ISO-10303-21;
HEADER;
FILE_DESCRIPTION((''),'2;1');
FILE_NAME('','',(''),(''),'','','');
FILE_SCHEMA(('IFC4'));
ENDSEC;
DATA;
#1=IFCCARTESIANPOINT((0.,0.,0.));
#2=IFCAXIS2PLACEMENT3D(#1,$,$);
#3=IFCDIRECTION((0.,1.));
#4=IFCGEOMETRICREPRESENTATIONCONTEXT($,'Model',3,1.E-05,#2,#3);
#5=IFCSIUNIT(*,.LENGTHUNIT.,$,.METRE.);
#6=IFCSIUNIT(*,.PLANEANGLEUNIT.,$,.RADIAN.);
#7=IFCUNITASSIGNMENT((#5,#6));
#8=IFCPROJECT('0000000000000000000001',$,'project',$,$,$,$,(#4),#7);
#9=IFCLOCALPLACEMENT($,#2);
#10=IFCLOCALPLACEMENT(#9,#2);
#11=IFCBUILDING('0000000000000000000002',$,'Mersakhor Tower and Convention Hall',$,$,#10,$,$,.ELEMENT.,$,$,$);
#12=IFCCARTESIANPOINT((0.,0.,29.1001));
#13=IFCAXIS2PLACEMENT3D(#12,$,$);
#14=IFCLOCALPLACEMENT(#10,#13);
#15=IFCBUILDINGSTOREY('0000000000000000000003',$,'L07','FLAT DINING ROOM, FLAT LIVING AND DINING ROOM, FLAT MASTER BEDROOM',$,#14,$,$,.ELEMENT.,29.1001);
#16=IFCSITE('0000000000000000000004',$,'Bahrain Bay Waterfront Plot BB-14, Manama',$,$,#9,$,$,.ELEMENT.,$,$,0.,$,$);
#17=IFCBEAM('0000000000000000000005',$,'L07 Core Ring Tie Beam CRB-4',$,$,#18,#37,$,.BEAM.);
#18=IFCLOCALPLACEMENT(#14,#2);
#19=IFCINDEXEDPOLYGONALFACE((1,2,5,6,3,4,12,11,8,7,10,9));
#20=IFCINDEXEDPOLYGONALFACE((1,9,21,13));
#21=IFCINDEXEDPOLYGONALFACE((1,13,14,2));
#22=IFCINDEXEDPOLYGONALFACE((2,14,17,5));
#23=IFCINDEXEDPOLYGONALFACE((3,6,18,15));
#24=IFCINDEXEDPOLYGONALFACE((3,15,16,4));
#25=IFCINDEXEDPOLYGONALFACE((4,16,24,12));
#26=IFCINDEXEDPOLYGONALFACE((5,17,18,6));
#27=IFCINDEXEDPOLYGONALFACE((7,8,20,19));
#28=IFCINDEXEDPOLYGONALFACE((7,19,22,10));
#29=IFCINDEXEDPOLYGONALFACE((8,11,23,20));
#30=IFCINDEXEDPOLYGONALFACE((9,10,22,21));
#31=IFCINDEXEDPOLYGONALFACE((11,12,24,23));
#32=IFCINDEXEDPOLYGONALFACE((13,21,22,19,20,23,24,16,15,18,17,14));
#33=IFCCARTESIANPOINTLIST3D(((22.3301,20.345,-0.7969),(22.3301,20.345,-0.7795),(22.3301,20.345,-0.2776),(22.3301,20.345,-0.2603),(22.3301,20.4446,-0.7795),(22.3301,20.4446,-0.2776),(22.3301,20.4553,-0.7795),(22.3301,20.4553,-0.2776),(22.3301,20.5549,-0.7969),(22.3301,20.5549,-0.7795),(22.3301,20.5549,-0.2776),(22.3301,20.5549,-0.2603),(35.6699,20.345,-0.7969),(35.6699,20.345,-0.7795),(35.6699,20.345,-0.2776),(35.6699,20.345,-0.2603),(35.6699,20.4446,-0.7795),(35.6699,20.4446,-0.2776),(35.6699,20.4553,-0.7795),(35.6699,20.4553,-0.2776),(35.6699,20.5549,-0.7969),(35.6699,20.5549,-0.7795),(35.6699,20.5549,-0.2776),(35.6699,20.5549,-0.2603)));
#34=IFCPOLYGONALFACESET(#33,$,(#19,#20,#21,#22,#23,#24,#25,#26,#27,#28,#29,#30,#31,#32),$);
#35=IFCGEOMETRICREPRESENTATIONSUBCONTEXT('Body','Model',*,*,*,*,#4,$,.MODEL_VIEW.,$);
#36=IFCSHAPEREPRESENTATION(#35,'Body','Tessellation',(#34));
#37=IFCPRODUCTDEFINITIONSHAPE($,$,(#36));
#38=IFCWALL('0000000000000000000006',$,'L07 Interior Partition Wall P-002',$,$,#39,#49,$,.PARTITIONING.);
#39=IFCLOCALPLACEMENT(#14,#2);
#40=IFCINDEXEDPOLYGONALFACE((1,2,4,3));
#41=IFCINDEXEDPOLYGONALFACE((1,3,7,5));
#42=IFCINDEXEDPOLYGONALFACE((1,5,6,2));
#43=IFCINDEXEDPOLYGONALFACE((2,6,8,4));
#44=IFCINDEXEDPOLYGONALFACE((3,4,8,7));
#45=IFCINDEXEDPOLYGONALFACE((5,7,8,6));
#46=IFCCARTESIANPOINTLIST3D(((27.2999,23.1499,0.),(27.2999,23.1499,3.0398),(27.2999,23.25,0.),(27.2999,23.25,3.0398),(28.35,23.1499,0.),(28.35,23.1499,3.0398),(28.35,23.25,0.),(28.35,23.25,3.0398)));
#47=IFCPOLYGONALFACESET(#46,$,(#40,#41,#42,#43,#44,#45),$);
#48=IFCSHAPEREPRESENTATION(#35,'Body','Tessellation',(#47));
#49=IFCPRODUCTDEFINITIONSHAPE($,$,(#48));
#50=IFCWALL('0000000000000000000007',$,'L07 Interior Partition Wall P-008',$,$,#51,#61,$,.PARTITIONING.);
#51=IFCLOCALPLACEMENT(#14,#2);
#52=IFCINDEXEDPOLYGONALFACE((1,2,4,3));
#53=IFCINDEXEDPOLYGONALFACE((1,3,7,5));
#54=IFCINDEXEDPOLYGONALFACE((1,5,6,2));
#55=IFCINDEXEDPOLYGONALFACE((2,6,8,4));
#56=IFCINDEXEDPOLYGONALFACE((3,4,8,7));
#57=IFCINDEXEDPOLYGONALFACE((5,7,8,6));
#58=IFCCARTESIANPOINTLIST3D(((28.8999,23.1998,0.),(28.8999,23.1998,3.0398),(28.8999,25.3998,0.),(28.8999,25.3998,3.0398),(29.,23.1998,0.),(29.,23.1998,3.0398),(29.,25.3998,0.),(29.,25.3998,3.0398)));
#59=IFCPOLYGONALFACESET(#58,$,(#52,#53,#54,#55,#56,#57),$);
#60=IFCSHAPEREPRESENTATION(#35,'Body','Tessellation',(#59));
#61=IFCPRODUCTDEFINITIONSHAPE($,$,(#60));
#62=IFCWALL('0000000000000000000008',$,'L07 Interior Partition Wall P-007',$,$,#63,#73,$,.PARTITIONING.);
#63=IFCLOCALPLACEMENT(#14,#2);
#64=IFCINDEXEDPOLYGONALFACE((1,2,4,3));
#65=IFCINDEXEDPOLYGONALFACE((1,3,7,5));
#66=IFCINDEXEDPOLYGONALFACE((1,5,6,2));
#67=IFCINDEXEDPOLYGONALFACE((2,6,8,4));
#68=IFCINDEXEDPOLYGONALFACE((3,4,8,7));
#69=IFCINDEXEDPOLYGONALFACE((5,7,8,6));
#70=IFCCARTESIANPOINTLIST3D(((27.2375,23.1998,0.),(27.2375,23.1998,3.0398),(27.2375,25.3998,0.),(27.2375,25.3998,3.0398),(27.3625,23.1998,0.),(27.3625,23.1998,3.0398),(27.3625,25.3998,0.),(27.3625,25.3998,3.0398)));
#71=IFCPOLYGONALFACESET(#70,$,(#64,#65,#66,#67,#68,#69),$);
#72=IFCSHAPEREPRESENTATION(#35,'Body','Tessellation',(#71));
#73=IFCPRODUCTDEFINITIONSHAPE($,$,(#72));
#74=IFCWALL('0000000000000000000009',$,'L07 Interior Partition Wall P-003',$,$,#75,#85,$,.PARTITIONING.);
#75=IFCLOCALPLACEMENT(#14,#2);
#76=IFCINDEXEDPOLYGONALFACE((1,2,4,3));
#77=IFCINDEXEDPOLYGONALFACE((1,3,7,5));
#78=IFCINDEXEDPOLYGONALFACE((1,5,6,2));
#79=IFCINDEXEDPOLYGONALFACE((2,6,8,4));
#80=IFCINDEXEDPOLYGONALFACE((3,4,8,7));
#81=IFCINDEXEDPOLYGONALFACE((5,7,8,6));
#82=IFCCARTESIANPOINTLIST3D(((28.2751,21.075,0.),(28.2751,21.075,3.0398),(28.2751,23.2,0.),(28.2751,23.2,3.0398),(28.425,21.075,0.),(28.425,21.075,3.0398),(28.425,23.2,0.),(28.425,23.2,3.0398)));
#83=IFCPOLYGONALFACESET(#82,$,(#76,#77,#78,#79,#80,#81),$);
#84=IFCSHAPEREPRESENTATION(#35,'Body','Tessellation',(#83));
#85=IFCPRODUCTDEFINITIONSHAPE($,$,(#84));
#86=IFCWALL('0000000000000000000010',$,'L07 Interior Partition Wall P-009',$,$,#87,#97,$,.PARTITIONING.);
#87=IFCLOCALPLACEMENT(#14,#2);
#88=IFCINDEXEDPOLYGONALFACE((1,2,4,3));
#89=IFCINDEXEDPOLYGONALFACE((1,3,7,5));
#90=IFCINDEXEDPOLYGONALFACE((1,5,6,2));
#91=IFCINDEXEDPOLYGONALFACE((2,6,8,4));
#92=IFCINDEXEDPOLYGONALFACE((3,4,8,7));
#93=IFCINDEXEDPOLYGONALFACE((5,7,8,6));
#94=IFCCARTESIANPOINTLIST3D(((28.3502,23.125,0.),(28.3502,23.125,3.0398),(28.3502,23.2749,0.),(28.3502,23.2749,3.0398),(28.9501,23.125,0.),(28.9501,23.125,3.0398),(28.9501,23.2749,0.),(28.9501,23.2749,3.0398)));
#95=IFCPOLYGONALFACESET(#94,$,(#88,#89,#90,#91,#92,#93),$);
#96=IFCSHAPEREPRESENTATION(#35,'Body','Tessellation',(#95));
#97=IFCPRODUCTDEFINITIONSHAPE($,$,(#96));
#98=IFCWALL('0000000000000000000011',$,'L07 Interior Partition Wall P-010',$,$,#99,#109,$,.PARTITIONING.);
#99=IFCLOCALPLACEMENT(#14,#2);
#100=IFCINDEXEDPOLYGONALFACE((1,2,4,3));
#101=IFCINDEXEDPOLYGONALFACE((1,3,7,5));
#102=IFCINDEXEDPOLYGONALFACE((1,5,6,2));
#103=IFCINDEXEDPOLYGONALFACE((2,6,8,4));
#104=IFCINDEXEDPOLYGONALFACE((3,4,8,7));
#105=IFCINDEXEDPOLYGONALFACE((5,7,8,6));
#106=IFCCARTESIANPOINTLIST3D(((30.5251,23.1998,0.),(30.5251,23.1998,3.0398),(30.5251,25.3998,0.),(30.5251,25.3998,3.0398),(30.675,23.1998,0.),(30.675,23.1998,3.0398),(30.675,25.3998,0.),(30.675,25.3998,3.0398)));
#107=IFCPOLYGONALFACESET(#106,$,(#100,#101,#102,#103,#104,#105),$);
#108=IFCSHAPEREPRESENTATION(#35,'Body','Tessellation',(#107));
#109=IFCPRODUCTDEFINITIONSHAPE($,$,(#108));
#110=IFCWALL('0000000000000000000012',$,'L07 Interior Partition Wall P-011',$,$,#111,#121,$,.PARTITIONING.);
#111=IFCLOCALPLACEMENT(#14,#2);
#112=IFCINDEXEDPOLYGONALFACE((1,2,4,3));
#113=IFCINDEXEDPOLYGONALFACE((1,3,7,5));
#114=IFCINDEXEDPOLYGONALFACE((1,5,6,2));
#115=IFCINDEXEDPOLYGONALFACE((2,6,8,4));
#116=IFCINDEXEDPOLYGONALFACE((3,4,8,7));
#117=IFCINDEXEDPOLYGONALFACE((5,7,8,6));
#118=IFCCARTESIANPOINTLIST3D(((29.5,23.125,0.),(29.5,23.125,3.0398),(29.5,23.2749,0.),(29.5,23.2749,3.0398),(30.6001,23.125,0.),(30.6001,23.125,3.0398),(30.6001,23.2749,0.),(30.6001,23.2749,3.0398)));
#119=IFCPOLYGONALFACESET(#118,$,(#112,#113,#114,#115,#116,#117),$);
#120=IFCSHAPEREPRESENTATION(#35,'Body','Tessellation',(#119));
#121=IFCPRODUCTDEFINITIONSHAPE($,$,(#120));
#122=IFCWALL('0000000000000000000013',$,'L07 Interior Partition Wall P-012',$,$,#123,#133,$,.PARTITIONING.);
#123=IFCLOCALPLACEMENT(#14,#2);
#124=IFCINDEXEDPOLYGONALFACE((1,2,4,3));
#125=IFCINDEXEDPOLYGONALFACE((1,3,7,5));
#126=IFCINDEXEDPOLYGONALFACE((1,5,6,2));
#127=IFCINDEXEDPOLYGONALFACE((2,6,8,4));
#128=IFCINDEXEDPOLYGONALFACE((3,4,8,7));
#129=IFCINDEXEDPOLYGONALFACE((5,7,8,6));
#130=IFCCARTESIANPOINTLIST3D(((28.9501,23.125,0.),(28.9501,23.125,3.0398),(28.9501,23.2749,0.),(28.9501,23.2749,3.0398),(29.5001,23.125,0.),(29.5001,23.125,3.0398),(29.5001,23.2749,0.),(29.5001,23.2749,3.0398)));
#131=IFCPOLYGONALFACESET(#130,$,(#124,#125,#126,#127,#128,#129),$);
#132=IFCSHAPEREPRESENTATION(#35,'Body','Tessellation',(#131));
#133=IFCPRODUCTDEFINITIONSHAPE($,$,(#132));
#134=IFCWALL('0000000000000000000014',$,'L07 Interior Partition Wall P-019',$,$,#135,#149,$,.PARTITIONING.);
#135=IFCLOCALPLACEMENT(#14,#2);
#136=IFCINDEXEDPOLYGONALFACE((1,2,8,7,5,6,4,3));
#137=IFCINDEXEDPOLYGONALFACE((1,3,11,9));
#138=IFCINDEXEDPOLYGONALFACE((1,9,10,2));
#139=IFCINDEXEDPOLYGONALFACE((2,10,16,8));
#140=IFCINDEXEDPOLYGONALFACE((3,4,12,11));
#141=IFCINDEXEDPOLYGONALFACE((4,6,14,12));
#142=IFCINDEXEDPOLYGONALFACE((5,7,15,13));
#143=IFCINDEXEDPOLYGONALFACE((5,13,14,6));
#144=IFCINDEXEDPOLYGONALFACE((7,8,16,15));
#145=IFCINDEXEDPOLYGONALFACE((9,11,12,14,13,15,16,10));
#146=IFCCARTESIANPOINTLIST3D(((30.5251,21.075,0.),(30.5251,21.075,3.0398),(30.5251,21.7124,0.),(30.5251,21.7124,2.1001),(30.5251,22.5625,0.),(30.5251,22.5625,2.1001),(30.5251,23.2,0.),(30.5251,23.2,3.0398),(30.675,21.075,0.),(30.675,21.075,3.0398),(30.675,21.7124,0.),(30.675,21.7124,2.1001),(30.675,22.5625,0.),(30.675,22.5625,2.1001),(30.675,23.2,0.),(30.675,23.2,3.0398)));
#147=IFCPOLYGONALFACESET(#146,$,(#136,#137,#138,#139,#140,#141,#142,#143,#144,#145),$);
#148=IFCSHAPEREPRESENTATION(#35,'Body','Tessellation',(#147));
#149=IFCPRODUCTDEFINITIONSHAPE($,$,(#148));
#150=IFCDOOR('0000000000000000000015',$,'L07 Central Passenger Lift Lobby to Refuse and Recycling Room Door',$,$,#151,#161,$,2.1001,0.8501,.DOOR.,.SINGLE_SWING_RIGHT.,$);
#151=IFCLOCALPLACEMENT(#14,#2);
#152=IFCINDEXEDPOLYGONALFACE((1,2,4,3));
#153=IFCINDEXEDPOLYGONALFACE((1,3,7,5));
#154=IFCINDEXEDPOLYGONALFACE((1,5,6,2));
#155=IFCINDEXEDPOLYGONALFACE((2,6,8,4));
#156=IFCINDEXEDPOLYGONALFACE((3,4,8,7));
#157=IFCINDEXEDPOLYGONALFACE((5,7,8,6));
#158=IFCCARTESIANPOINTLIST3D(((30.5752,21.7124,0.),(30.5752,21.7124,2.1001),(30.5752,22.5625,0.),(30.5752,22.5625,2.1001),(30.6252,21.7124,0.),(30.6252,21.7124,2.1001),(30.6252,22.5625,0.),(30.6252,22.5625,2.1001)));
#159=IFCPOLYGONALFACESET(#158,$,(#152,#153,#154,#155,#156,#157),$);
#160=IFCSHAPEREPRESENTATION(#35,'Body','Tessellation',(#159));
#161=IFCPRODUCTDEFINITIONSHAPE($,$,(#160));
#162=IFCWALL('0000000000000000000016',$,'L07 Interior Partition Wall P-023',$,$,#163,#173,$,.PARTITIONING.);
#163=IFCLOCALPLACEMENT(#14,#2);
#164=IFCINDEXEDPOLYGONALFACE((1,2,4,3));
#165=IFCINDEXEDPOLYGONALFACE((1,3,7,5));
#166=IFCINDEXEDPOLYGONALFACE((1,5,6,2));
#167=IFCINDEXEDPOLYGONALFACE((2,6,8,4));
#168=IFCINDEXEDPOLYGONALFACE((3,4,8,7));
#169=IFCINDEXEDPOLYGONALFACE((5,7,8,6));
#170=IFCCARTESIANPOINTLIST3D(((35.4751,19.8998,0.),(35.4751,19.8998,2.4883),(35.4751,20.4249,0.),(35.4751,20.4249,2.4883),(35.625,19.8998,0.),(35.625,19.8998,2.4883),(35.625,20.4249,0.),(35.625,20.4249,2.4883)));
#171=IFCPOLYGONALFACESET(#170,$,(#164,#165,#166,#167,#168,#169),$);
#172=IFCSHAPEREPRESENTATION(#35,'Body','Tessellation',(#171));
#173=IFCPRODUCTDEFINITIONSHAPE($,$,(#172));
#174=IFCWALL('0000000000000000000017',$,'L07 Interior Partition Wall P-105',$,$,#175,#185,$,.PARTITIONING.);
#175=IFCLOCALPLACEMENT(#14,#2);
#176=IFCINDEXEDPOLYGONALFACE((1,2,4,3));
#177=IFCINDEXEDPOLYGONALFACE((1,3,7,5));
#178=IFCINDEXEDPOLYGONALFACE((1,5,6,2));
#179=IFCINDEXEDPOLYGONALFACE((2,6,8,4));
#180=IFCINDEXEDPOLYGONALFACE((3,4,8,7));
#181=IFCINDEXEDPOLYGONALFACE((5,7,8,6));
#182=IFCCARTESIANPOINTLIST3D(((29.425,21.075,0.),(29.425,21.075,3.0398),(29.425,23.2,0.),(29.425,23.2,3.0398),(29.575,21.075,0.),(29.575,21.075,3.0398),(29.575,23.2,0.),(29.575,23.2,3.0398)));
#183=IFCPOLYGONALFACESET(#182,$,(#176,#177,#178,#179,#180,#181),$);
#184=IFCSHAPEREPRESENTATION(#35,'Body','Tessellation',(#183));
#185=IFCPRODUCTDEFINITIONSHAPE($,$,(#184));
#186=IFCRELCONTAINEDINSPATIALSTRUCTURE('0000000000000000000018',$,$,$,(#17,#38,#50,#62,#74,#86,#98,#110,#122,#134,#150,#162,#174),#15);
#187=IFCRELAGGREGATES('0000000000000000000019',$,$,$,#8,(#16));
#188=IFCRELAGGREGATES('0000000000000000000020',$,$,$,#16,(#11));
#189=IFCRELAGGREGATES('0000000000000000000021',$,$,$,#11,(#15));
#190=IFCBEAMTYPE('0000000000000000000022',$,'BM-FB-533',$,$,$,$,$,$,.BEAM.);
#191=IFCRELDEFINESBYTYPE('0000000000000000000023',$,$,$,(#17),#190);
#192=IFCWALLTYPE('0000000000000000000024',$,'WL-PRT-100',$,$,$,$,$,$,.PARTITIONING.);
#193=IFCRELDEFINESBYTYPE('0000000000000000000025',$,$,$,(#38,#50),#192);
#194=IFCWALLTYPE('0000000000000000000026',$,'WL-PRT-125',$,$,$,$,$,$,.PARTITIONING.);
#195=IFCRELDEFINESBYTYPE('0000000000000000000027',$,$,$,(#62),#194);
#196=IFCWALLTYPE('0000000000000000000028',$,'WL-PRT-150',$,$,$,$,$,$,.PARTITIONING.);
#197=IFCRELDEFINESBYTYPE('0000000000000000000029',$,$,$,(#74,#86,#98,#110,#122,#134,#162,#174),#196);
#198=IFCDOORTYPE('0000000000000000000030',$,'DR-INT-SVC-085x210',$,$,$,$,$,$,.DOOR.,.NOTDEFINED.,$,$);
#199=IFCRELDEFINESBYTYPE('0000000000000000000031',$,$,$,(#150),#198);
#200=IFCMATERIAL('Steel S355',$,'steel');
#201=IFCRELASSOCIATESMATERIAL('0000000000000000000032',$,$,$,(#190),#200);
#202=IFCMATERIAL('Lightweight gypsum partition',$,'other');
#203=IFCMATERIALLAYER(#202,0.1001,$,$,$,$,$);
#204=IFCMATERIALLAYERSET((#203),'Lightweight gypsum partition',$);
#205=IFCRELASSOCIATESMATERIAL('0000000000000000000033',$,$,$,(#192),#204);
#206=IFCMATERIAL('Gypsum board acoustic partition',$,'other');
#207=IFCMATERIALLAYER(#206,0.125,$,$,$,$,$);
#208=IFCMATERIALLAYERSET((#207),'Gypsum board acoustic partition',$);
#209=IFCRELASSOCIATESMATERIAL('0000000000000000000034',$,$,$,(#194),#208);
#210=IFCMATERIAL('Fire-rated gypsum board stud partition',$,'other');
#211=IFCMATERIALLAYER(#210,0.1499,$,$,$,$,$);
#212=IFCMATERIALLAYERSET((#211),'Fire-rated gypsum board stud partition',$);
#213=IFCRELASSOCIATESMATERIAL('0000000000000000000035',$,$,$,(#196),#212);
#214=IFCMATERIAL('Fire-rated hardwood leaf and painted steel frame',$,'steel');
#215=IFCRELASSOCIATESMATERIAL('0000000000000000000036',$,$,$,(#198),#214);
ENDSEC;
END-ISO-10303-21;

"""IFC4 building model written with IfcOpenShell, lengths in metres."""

from ifc_helpers import new_model, si_unit, direction, frame, frame_2d, origin, origin_2d, place, context, subcontext, project, spatial, rectangle, i_section, extrude, material, layer, layer_set, material_profile, profile_set, type_object, element, fill, save


model = new_model("IFC4")

# Units and contexts
model_context = context("Model", 3, precision=1e-05, world=origin(), true_north=direction((0.0, 1.0)))
body_context = subcontext(model_context, "Body", "Model", "MODEL_VIEW")
ifc_project = project(units=[si_unit("LENGTHUNIT", "METRE"), si_unit("PLANEANGLEUNIT", "RADIAN")], contexts=[model_context])

# Site, building, storey
site_placement = place(None, origin())
site = spatial("IfcSite", under=ifc_project, at=site_placement, Name="Bahrain Bay Waterfront Plot BB-14, Manama", CompositionType="ELEMENT", RefElevation=0.0)
building_placement = place(site_placement, origin())
building = spatial("IfcBuilding", under=site, at=building_placement, Name="Mersakhor Tower and Convention Hall", CompositionType="ELEMENT")
storey_placement = place(building_placement, frame((0.0, 0.0, 29.1001)))
storey = spatial("IfcBuildingStorey", under=building, at=storey_placement, Name="L07", Description="FLAT DINING ROOM, FLAT LIVING AND DINING ROOM, FLAT MASTER BEDROOM", CompositionType="ELEMENT", Elevation=29.1001)

# Beam
ifc_material_1 = material(Name="Steel S355", Category="steel")
ifc_material_profile = material_profile(ifc_material_1, i_section(OverallWidth=0.21, OverallDepth=0.5366, WebThickness=0.0107, FlangeThickness=0.0173, at=origin_2d()), Name="UB 533x210x101")
ifc_profile_set = profile_set([ifc_material_profile], Name="Steel S355")
beam_type = type_object("IfcBeamType", Name="BM-FB-533", PredefinedType="BEAM", material=ifc_profile_set)
beam_placement = place(storey_placement, frame((35.6699, 20.45, -0.5286), z_axis=(-1.0, 0.0, 0.0), x_axis=(0.0, -1.0, 0.0)))
element("IfcBeam", 1, at=beam_placement, inside=storey, type_object=beam_type, Name="L07 Core Ring Tie Beam CRB-4", PredefinedType="BEAM", context=body_context, shape_type="SweptSolid", body=[
    extrude(i_section(OverallWidth=0.21, OverallDepth=0.5366, WebThickness=0.0107, FlangeThickness=0.0173, at=origin_2d()), origin(), (0.0, 0.0, 1.0), 13.3398),
])

# Walls
ifc_material_2 = material(Name="Lightweight gypsum partition", Category="other")
ifc_layer_1 = layer(ifc_material_2, 0.1001)
ifc_layer_set_1 = layer_set([ifc_layer_1], Name="Lightweight gypsum partition")
wall_type_1 = type_object("IfcWallType", Name="WL-PRT-100", PredefinedType="PARTITIONING", material=ifc_layer_set_1)
wall_1_placement = place(storey_placement, frame((27.3, 23.2, 0.0), z_axis=(0.0, 0.0, 1.0), x_axis=(1.0, 0.0, 0.0)))
element("IfcWall", 2, at=wall_1_placement, inside=storey, type_object=wall_type_1, Name="L07 Interior Partition Wall P-002", PredefinedType="PARTITIONING", context=body_context, shape_type="SweptSolid", body=[
    extrude(rectangle(XDim=1.05, YDim=0.1001, at=frame_2d((0.5249, 0.0))), origin(), (0.0, 0.0, 1.0), 3.0398),
])
wall_2_placement = place(storey_placement, frame((28.95, 25.3999, 0.0), z_axis=(0.0, 0.0, 1.0), x_axis=(0.0, -1.0, 0.0)))
element("IfcWall", 3, at=wall_2_placement, inside=storey, type_object=wall_type_1, Name="L07 Interior Partition Wall P-008", PredefinedType="PARTITIONING", context=body_context, shape_type="SweptSolid", body=[
    extrude(rectangle(XDim=2.2, YDim=0.1001, at=frame_2d((1.1001, 0.0))), origin(), (0.0, 0.0, 1.0), 3.0398),
])
ifc_material_3 = material(Name="Gypsum board acoustic partition", Category="other")
ifc_layer_2 = layer(ifc_material_3, 0.125)
ifc_layer_set_2 = layer_set([ifc_layer_2], Name="Gypsum board acoustic partition")
wall_type_2 = type_object("IfcWallType", Name="WL-PRT-125", PredefinedType="PARTITIONING", material=ifc_layer_set_2)
wall_3_placement = place(storey_placement, frame((27.3, 25.3999, 0.0), z_axis=(0.0, 0.0, 1.0), x_axis=(0.0, -1.0, 0.0)))
element("IfcWall", 4, at=wall_3_placement, inside=storey, type_object=wall_type_2, Name="L07 Interior Partition Wall P-007", PredefinedType="PARTITIONING", context=body_context, shape_type="SweptSolid", body=[
    extrude(rectangle(XDim=2.2, YDim=0.125, at=frame_2d((1.1001, 0.0))), origin(), (0.0, 0.0, 1.0), 3.0398),
])
ifc_material_4 = material(Name="Fire-rated gypsum board stud partition", Category="other")
ifc_layer_3 = layer(ifc_material_4, 0.1499)
ifc_layer_set_3 = layer_set([ifc_layer_3], Name="Fire-rated gypsum board stud partition")
wall_type_3 = type_object("IfcWallType", Name="WL-PRT-150", PredefinedType="PARTITIONING", material=ifc_layer_set_3)
wall_4_placement = place(storey_placement, frame((28.3501, 23.2, 0.0), z_axis=(0.0, 0.0, 1.0), x_axis=(0.0, -1.0, 0.0)))
element("IfcWall", 5, at=wall_4_placement, inside=storey, type_object=wall_type_3, Name="L07 Interior Partition Wall P-003", PredefinedType="PARTITIONING", context=body_context, shape_type="SweptSolid", body=[
    extrude(rectangle(XDim=2.125, YDim=0.1499, at=frame_2d((1.0625, 0.0))), origin(), (0.0, 0.0, 1.0), 3.0398),
])
wall_5_placement = place(storey_placement, frame((28.95, 23.2, 0.0), z_axis=(0.0, 0.0, 1.0), x_axis=(-1.0, 0.0, 0.0)))
element("IfcWall", 6, at=wall_5_placement, inside=storey, type_object=wall_type_3, Name="L07 Interior Partition Wall P-009", PredefinedType="PARTITIONING", context=body_context, shape_type="SweptSolid", body=[
    extrude(rectangle(XDim=0.5999, YDim=0.1499, at=frame_2d((0.2998, 0.0))), origin(), (0.0, 0.0, 1.0), 3.0398),
])
wall_6_placement = place(storey_placement, frame((30.6001, 25.3999, 0.0), z_axis=(0.0, 0.0, 1.0), x_axis=(0.0, -1.0, 0.0)))
element("IfcWall", 7, at=wall_6_placement, inside=storey, type_object=wall_type_3, Name="L07 Interior Partition Wall P-010", PredefinedType="PARTITIONING", context=body_context, shape_type="SweptSolid", body=[
    extrude(rectangle(XDim=2.2, YDim=0.1499, at=frame_2d((1.1001, 0.0))), origin(), (0.0, 0.0, 1.0), 3.0398),
])
wall_7_placement = place(storey_placement, frame((30.6001, 23.2, 0.0), z_axis=(0.0, 0.0, 1.0), x_axis=(-1.0, 0.0, 0.0)))
element("IfcWall", 8, at=wall_7_placement, inside=storey, type_object=wall_type_3, Name="L07 Interior Partition Wall P-011", PredefinedType="PARTITIONING", context=body_context, shape_type="SweptSolid", body=[
    extrude(rectangle(XDim=1.1001, YDim=0.1499, at=frame_2d((0.55, 0.0))), origin(), (0.0, 0.0, 1.0), 3.0398),
])
wall_8_placement = place(storey_placement, frame((29.5, 23.2, 0.0), z_axis=(0.0, 0.0, 1.0), x_axis=(-1.0, 0.0, 0.0)))
element("IfcWall", 9, at=wall_8_placement, inside=storey, type_object=wall_type_3, Name="L07 Interior Partition Wall P-012", PredefinedType="PARTITIONING", context=body_context, shape_type="SweptSolid", body=[
    extrude(rectangle(XDim=0.55, YDim=0.1499, at=frame_2d((0.2749, 0.0))), origin(), (0.0, 0.0, 1.0), 3.0398),
])

# Wall, opening, door
wall_9_placement = place(storey_placement, frame((30.6001, 21.075, 0.0), z_axis=(0.0, 0.0, 1.0), x_axis=(0.0, 1.0, 0.0)))
wall_9 = element("IfcWall", 10, at=wall_9_placement, inside=storey, type_object=wall_type_3, Name="L07 Interior Partition Wall P-019", PredefinedType="PARTITIONING", context=body_context, shape_type="SweptSolid", body=[
    extrude(rectangle(XDim=2.125, YDim=0.1499, at=frame_2d((1.0625, 0.0))), origin(), (0.0, 0.0, 1.0), 3.0398),
])
opening_1_placement = place(wall_9_placement, frame((0.6375, 0.0, 0.0)))
opening_1 = element("IfcOpeningElement", 11, at=opening_1_placement, cuts=wall_9, PredefinedType="OPENING", context=body_context, shape_type="SweptSolid", body=[
    extrude(rectangle(XDim=0.8501, YDim=2.1001, at=frame_2d((0.425, 1.05))), frame((0.0, 0.085, 0.0), z_axis=(0.0, -1.0, 0.0), x_axis=(1.0, 0.0, 0.0)), (0.0, 0.0, 1.0), 0.1699),
])
ifc_material_5 = material(Name="Fire-rated hardwood leaf and painted steel frame", Category="steel")
door_type_1 = type_object("IfcDoorType", Name="DR-INT-SVC-085x210", OperationType="NOTDEFINED", PredefinedType="DOOR", material=ifc_material_5)
door_1_placement = place(opening_1_placement, origin())
door_1 = element("IfcDoor", 12, at=door_1_placement, inside=storey, type_object=door_type_1, Name="L07 Central Passenger Lift Lobby to Refuse and Recycling Room Door", OperationType="SINGLE_SWING_RIGHT", OverallHeight=2.1001, OverallWidth=0.8501, PredefinedType="DOOR", context=body_context, shape_type="SweptSolid", body=[
    extrude(rectangle(XDim=0.8501, YDim=2.1001, at=frame_2d((0.425, 1.05))), frame((0.0, 0.0249, 0.0), z_axis=(0.0, -1.0, 0.0), x_axis=(1.0, 0.0, 0.0)), (0.0, 0.0, 1.0), 0.05),
])
fill(opening_1, door_1)

# Walls
wall_10_placement = place(storey_placement, frame((35.55, 20.425, 0.0), z_axis=(0.0, 0.0, 1.0), x_axis=(0.0, -1.0, 0.0)))
element("IfcWall", 13, at=wall_10_placement, inside=storey, type_object=wall_type_3, Name="L07 Interior Partition Wall P-023", PredefinedType="PARTITIONING", context=body_context, shape_type="SweptSolid", body=[
    extrude(rectangle(XDim=0.5251, YDim=0.1499, at=frame_2d((0.2627, 0.0))), origin(), (0.0, 0.0, 1.0), 2.4883),
])
wall_11_placement = place(storey_placement, frame((29.5, 23.2, 0.0), z_axis=(0.0, 0.0, 1.0), x_axis=(0.0, -1.0, 0.0)))
element("IfcWall", 14, at=wall_11_placement, inside=storey, type_object=wall_type_3, Name="L07 Interior Partition Wall P-105", PredefinedType="PARTITIONING", context=body_context, shape_type="SweptSolid", body=[
    extrude(rectangle(XDim=2.125, YDim=0.1499, at=frame_2d((1.0625, 0.0))), origin(), (0.0, 0.0, 1.0), 3.0398),
])

save(model, "model.ifc")
